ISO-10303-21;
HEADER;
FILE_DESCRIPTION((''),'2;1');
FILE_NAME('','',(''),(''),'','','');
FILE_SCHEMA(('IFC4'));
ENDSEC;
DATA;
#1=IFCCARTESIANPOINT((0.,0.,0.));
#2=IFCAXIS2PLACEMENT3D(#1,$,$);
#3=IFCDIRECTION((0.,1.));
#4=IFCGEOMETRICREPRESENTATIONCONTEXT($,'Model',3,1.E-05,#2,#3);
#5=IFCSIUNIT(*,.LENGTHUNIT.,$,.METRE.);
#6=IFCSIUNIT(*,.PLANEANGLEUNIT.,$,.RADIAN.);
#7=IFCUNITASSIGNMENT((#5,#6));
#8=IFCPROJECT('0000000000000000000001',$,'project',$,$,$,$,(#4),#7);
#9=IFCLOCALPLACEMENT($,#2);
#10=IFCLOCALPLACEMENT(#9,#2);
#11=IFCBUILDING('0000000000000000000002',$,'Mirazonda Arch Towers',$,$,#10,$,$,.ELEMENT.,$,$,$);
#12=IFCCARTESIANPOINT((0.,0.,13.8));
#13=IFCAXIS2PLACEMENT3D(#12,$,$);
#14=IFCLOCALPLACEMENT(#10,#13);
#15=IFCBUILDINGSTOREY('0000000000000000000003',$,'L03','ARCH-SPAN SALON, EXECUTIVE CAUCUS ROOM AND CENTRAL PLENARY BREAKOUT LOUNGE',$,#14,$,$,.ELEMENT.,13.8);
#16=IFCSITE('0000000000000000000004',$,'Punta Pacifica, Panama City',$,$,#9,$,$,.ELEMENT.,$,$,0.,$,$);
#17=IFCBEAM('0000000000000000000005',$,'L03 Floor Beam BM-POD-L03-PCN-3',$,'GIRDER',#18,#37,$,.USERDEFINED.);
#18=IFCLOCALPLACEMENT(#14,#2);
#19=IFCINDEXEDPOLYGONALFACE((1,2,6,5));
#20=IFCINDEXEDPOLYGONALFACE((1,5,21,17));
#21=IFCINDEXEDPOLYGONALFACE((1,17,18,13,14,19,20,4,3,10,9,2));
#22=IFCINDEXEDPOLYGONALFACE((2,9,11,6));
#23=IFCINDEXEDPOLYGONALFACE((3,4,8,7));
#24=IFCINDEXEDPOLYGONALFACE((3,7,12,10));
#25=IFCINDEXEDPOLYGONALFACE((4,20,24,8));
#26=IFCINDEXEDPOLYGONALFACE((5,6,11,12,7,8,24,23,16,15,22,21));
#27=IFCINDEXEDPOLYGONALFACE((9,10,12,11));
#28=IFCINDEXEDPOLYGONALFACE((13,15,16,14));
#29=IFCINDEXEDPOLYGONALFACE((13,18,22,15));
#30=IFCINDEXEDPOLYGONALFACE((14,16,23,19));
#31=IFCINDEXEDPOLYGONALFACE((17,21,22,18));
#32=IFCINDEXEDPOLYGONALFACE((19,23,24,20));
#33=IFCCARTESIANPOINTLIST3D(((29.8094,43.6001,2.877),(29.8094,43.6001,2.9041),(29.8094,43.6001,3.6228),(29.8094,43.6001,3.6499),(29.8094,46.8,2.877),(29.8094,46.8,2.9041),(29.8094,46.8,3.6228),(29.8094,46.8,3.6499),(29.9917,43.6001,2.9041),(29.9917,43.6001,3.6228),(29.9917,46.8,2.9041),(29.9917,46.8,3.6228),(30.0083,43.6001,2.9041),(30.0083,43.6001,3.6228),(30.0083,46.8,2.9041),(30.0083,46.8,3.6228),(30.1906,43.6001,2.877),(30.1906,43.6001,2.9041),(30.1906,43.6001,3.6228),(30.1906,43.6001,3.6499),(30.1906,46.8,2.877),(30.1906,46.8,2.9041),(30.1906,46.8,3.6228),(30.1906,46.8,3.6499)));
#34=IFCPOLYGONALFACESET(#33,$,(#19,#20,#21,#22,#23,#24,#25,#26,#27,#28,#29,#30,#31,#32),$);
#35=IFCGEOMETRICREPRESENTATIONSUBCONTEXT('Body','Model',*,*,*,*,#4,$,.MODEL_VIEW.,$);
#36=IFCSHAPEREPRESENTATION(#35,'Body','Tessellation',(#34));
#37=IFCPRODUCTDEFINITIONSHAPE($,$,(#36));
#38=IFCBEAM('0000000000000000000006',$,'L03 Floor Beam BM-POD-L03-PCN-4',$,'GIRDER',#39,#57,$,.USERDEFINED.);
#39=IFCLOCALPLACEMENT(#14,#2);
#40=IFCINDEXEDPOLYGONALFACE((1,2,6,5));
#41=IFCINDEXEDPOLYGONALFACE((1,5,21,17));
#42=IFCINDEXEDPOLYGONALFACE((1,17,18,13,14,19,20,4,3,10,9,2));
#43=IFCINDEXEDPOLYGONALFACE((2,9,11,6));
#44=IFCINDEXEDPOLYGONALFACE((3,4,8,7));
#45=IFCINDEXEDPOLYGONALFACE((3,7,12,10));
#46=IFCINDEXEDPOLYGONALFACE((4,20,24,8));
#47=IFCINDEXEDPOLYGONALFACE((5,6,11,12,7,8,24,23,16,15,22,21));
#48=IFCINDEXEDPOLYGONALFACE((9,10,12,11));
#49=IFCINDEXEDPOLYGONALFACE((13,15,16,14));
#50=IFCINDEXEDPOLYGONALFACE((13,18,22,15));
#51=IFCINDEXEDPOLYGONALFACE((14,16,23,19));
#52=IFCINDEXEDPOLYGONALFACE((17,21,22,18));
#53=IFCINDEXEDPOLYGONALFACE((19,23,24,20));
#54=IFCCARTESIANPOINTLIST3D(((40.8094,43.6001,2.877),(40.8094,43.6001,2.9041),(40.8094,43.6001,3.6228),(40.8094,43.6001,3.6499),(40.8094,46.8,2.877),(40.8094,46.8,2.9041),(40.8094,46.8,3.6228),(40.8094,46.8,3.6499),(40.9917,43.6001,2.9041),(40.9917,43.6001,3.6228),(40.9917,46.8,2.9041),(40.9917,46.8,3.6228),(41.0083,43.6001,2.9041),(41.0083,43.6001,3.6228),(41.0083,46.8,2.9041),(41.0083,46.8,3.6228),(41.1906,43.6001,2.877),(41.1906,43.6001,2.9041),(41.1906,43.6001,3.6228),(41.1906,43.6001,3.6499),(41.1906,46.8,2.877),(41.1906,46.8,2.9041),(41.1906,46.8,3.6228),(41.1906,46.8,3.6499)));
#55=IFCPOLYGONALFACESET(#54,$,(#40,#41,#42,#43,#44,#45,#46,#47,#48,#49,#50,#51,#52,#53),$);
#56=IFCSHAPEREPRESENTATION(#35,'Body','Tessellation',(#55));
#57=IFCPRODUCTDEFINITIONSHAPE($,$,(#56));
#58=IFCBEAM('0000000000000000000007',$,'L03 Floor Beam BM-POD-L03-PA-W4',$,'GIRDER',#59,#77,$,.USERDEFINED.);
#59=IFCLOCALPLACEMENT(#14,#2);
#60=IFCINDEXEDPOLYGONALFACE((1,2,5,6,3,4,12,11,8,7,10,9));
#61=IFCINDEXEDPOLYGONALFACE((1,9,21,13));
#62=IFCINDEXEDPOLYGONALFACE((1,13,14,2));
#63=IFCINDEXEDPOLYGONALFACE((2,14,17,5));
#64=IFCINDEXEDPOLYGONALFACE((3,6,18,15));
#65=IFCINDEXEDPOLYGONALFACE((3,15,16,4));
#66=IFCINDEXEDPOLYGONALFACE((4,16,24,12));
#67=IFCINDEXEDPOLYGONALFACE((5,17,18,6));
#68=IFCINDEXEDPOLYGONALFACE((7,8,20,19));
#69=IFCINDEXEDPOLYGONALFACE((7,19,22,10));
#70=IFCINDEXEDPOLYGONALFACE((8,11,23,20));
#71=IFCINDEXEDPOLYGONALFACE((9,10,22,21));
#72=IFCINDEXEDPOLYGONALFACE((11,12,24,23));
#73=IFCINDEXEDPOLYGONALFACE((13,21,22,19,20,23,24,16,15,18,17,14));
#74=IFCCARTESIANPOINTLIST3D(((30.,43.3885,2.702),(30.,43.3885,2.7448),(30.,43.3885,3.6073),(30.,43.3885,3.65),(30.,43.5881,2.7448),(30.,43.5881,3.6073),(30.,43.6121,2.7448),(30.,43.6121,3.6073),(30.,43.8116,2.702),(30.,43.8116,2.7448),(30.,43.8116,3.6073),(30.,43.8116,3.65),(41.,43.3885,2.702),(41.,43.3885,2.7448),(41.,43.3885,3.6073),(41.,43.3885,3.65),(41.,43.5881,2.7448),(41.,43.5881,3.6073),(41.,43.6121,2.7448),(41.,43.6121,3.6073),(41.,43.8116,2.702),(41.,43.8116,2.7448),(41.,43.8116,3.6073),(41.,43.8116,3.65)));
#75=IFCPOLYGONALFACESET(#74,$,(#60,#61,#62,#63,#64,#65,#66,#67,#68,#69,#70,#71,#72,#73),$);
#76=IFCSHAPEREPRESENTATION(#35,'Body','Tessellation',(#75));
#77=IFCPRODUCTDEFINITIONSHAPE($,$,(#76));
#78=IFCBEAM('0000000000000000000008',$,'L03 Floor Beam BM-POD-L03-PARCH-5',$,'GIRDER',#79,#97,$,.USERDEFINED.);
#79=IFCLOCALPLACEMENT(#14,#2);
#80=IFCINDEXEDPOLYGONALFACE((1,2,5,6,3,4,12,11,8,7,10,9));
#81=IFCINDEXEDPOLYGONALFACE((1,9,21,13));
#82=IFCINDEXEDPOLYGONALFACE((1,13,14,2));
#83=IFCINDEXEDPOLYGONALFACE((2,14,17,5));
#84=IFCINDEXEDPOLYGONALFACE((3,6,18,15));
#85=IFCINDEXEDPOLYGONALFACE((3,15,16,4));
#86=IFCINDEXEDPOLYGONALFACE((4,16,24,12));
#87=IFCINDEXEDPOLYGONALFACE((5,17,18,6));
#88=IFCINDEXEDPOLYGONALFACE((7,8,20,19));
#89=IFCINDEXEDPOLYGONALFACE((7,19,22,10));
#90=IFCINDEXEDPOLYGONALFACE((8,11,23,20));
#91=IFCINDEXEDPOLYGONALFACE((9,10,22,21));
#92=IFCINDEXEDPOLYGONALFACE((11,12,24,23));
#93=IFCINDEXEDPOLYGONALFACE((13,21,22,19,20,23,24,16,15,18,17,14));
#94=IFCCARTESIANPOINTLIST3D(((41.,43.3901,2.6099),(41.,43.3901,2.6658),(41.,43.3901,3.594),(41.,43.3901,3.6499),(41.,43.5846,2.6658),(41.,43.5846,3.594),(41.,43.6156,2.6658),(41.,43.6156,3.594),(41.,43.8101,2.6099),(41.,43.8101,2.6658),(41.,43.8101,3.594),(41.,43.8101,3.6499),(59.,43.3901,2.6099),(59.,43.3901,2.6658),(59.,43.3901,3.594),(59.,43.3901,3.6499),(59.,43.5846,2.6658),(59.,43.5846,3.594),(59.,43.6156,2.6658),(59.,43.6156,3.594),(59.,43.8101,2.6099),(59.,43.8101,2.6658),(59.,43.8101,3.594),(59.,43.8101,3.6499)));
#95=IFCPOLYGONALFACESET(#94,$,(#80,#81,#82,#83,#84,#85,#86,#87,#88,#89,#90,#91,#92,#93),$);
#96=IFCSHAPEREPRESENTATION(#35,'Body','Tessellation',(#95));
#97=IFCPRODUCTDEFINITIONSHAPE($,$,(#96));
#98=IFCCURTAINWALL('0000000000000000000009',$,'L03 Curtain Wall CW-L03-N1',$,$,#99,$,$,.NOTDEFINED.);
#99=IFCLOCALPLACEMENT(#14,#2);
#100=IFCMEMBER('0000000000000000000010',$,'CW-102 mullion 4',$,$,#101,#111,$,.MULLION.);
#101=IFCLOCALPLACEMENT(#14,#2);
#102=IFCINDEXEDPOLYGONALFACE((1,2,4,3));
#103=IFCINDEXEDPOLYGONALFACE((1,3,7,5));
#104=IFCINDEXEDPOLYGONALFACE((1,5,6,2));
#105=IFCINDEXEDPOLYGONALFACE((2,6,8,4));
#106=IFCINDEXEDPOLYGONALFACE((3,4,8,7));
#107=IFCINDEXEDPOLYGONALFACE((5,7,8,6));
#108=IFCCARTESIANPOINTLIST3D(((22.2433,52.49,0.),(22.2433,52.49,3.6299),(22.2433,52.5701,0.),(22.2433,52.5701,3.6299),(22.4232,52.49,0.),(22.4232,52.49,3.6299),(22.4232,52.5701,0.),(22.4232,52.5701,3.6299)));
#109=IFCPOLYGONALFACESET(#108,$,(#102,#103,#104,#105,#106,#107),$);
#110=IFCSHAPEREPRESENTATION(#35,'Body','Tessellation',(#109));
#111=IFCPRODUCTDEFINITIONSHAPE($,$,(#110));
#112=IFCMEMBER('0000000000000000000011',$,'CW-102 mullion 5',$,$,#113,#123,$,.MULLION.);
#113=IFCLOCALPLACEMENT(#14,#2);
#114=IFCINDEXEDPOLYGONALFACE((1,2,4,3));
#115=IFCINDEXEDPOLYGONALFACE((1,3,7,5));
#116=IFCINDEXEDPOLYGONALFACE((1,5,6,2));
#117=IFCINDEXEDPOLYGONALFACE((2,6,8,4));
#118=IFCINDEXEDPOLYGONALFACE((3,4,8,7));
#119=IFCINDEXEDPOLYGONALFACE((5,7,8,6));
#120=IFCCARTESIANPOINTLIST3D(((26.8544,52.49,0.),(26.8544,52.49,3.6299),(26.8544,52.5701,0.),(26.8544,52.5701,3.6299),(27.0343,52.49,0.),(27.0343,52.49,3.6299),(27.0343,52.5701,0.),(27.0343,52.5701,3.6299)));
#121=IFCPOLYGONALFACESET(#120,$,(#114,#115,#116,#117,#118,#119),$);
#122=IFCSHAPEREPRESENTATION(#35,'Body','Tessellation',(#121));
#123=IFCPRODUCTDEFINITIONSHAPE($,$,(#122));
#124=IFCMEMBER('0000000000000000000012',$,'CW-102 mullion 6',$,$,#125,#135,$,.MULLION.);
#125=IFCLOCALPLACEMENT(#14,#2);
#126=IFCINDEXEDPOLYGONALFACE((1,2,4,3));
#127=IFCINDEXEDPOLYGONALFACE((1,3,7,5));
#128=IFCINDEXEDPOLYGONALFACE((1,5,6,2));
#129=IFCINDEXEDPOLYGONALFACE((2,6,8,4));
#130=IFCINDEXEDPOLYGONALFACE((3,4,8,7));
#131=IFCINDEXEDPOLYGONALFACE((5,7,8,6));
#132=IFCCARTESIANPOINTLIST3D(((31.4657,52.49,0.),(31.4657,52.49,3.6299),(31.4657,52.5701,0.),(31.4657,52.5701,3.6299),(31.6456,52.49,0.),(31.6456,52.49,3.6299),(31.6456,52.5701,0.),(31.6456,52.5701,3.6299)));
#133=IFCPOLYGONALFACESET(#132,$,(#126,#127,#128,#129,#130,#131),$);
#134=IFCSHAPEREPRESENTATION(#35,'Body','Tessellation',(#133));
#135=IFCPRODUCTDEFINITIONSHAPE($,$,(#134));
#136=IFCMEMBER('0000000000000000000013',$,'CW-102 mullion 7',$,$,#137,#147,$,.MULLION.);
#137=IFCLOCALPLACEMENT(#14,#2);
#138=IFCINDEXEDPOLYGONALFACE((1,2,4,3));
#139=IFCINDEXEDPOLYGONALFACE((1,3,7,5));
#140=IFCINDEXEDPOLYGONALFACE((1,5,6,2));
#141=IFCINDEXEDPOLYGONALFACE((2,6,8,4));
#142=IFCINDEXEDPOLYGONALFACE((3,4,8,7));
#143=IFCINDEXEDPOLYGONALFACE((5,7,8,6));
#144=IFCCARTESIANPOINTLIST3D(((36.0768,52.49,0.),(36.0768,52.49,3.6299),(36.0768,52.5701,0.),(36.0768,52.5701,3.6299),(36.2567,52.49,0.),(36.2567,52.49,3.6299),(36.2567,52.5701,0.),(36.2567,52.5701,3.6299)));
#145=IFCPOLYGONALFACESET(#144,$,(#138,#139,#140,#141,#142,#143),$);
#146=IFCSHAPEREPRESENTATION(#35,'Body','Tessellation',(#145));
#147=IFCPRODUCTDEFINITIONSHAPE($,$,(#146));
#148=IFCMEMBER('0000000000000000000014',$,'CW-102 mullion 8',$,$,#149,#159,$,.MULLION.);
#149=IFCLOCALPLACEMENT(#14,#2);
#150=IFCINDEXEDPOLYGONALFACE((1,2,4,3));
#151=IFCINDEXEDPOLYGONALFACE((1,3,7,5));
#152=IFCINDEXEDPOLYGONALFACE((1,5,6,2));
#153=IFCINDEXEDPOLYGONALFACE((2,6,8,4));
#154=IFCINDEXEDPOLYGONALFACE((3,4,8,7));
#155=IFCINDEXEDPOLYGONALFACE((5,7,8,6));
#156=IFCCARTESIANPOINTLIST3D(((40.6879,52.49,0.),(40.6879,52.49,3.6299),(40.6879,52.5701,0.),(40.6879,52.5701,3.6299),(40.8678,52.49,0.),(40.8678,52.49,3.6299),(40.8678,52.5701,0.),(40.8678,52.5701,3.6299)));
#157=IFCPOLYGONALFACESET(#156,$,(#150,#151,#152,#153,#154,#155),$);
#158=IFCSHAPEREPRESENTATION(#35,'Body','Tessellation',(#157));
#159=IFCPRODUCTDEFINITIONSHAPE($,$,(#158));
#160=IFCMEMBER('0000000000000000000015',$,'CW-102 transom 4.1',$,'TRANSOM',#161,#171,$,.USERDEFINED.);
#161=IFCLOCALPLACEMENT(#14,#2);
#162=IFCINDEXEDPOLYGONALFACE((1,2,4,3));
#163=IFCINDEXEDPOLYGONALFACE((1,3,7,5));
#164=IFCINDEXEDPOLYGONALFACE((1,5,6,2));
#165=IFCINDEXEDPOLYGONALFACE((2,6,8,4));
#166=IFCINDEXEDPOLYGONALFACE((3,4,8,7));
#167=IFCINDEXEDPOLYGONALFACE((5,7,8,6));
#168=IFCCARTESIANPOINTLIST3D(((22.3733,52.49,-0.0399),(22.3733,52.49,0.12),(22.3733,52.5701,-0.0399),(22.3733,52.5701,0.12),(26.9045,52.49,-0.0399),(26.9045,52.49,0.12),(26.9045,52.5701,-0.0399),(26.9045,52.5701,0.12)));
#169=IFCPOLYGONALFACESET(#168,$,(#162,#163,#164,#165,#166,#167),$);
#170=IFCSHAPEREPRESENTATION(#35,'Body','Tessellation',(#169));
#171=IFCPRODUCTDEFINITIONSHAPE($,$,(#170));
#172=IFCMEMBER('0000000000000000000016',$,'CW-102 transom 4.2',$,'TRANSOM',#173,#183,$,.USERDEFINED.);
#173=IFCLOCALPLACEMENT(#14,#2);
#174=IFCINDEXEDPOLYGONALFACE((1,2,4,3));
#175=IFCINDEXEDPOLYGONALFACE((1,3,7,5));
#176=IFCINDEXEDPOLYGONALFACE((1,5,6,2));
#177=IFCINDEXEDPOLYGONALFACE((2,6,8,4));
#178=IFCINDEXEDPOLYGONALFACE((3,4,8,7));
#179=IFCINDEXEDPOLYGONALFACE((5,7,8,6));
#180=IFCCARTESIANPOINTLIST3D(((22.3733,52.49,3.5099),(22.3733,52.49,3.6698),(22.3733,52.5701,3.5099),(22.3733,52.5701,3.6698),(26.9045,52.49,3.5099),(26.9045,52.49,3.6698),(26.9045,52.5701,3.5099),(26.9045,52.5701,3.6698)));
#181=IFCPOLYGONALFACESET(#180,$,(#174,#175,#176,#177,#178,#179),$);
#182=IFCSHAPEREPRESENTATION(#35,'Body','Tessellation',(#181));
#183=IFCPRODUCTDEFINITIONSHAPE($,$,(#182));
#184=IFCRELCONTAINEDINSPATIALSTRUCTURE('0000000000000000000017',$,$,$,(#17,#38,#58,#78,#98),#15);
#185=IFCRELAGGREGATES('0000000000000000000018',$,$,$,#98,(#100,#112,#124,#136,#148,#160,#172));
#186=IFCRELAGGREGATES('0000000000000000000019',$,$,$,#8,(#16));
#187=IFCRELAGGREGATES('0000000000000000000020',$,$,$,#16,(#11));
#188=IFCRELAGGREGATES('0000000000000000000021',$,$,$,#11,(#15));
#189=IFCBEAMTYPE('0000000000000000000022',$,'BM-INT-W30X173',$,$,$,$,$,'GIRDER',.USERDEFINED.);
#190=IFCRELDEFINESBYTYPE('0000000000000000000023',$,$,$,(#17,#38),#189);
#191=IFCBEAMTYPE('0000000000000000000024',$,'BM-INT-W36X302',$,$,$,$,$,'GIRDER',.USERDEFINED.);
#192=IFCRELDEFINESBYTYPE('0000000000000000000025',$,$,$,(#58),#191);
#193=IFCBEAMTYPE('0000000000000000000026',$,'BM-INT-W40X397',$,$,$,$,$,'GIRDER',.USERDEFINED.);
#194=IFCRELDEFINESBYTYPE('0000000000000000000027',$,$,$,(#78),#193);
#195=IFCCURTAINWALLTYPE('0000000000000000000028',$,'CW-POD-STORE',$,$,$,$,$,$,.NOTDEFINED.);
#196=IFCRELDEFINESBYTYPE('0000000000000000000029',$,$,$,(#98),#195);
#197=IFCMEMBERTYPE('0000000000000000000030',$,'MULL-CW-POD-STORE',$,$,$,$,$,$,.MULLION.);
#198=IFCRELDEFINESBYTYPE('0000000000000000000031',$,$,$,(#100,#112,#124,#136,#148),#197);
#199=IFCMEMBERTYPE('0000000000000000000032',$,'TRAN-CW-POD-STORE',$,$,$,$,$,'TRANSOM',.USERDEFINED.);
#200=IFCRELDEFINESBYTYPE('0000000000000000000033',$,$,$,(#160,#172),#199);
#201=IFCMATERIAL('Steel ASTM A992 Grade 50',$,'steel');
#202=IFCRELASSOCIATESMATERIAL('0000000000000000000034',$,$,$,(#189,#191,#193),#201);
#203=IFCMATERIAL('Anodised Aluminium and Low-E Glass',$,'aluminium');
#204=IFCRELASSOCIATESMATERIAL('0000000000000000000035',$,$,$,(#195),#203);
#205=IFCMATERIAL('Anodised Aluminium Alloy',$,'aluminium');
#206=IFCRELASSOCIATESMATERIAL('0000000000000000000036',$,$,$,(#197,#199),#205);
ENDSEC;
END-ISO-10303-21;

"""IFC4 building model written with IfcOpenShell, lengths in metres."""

from ifc_helpers import new_model, si_unit, direction, frame, origin, origin_2d, place, context, subcontext, project, spatial, rectangle, i_section, extrude, material, material_profile, profile_set, type_object, element, aggregate, save


model = new_model("IFC4")

# Units and contexts
model_context = context("Model", 3, precision=1e-05, world=origin(), true_north=direction((0.0, 1.0)))
body_context = subcontext(model_context, "Body", "Model", "MODEL_VIEW")
ifc_project = project(units=[si_unit("LENGTHUNIT", "METRE"), si_unit("PLANEANGLEUNIT", "RADIAN")], contexts=[model_context])

# Site, building, storey
site_placement = place(None, origin())
site = spatial("IfcSite", under=ifc_project, at=site_placement, Name="Punta Pacifica, Panama City", CompositionType="ELEMENT", RefElevation=0.0)
building_placement = place(site_placement, origin())
building = spatial("IfcBuilding", under=site, at=building_placement, Name="Mirazonda Arch Towers", CompositionType="ELEMENT")
storey_placement = place(building_placement, frame((0.0, 0.0, 13.8)))
storey = spatial("IfcBuildingStorey", under=building, at=storey_placement, Name="L03", Description="ARCH-SPAN SALON, EXECUTIVE CAUCUS ROOM AND CENTRAL PLENARY BREAKOUT LOUNGE", CompositionType="ELEMENT", Elevation=13.8)

# Beams
ifc_material_1 = material(Name="Steel ASTM A992 Grade 50", Category="steel")
ifc_material_profile_1 = material_profile(ifc_material_1, i_section(OverallWidth=0.3811, OverallDepth=0.7729, WebThickness=0.0166, FlangeThickness=0.0271, at=origin_2d()), Name="W30X173")
ifc_profile_set_1 = profile_set([ifc_material_profile_1], Name="Steel ASTM A992 Grade 50")
beam_type_1 = type_object("IfcBeamType", Name="BM-INT-W30X173", ElementType="GIRDER", PredefinedType="USERDEFINED", material=ifc_profile_set_1)
for number, where, z_axis, x_axis, name in (
    (1, (30.0, 43.6001, 3.2634), (0.0, 1.0, 0.0), (-1.0, 0.0, 0.0), "L03 Floor Beam BM-POD-L03-PCN-3"),
    (2, (41.0, 43.6001, 3.2634), (0.0, 1.0, 0.0), (-1.0, 0.0, 0.0), "L03 Floor Beam BM-POD-L03-PCN-4"),
):
    element("IfcBeam", number, at=place(storey_placement, frame(where, z_axis=z_axis, x_axis=x_axis)), inside=storey, type_object=beam_type_1, Name=name, ObjectType="GIRDER", PredefinedType="USERDEFINED", context=body_context, shape_type="SweptSolid", body=[
        extrude(i_section(OverallWidth=0.3811, OverallDepth=0.7729, WebThickness=0.0166, FlangeThickness=0.0271, at=origin_2d()), origin(), (0.0, 0.0, 1.0), 3.2),
    ])
ifc_material_profile_2 = material_profile(ifc_material_1, i_section(OverallWidth=0.4231, OverallDepth=0.948, WebThickness=0.0239, FlangeThickness=0.0427, at=origin_2d()), Name="W36X302")
ifc_profile_set_2 = profile_set([ifc_material_profile_2], Name="Steel ASTM A992 Grade 50")
beam_type_2 = type_object("IfcBeamType", Name="BM-INT-W36X302", ElementType="GIRDER", PredefinedType="USERDEFINED", material=ifc_profile_set_2)
beam_1_placement = place(storey_placement, frame((30.0, 43.6001, 3.176), z_axis=(1.0, 0.0, 0.0), x_axis=(0.0, 1.0, 0.0)))
element("IfcBeam", 3, at=beam_1_placement, inside=storey, type_object=beam_type_2, Name="L03 Floor Beam BM-POD-L03-PA-W4", ObjectType="GIRDER", PredefinedType="USERDEFINED", context=body_context, shape_type="SweptSolid", body=[
    extrude(i_section(OverallWidth=0.4231, OverallDepth=0.948, WebThickness=0.0239, FlangeThickness=0.0427, at=origin_2d()), origin(), (0.0, 0.0, 1.0), 11.0),
])
ifc_material_profile_3 = material_profile(ifc_material_1, i_section(OverallWidth=0.4199, OverallDepth=1.04, WebThickness=0.031, FlangeThickness=0.0559, at=origin_2d()), Name="W40X397")
ifc_profile_set_3 = profile_set([ifc_material_profile_3], Name="Steel ASTM A992 Grade 50")
beam_type_3 = type_object("IfcBeamType", Name="BM-INT-W40X397", ElementType="GIRDER", PredefinedType="USERDEFINED", material=ifc_profile_set_3)
beam_2_placement = place(storey_placement, frame((41.0, 43.6001, 3.1299), z_axis=(1.0, 0.0, 0.0), x_axis=(0.0, 1.0, 0.0)))
element("IfcBeam", 4, at=beam_2_placement, inside=storey, type_object=beam_type_3, Name="L03 Floor Beam BM-POD-L03-PARCH-5", ObjectType="GIRDER", PredefinedType="USERDEFINED", context=body_context, shape_type="SweptSolid", body=[
    extrude(i_section(OverallWidth=0.4199, OverallDepth=1.04, WebThickness=0.031, FlangeThickness=0.0559, at=origin_2d()), origin(), (0.0, 0.0, 1.0), 18.0),
])

# Curtain wall, members
ifc_material_2 = material(Name="Anodised Aluminium and Low-E Glass", Category="aluminium")
curtain_wall_type = type_object("IfcCurtainWallType", Name="CW-POD-STORE", PredefinedType="NOTDEFINED", material=ifc_material_2)
curtain_wall_placement = place(storey_placement, origin())
curtain_wall = element("IfcCurtainWall", 5, at=curtain_wall_placement, inside=storey, type_object=curtain_wall_type, Name="L03 Curtain Wall CW-L03-N1", PredefinedType="NOTDEFINED")
ifc_material_3 = material(Name="Anodised Aluminium Alloy", Category="aluminium")
ifc_material_profile_4 = material_profile(ifc_material_3, rectangle(XDim=0.0801, YDim=0.1799, at=origin_2d()), Name="ALU-MULL-80x180")
ifc_profile_set_4 = profile_set([ifc_material_profile_4], Name="Anodised Aluminium Alloy")
member_type_1 = type_object("IfcMemberType", Name="MULL-CW-POD-STORE", PredefinedType="MULLION", material=ifc_profile_set_4)
member_1_placement = place(storey_placement, frame((22.3333, 52.53, 0.0), z_axis=(0.0, 0.0, 1.0), x_axis=(0.0, 1.0, 0.0)))
member_1 = element("IfcMember", 6, at=member_1_placement, type_object=member_type_1, Name="CW-102 mullion 4", PredefinedType="MULLION", context=body_context, shape_type="SweptSolid", body=[
    extrude(rectangle(XDim=0.0801, YDim=0.1799, at=origin_2d()), origin(), (0.0, 0.0, 1.0), 3.6299),
])
member_2_placement = place(storey_placement, frame((26.9443, 52.53, 0.0), z_axis=(0.0, 0.0, 1.0), x_axis=(0.0, 1.0, 0.0)))
member_2 = element("IfcMember", 7, at=member_2_placement, type_object=member_type_1, Name="CW-102 mullion 5", PredefinedType="MULLION", context=body_context, shape_type="SweptSolid", body=[
    extrude(rectangle(XDim=0.0801, YDim=0.1799, at=origin_2d()), origin(), (0.0, 0.0, 1.0), 3.6299),
])
member_3_placement = place(storey_placement, frame((31.5557, 52.53, 0.0), z_axis=(0.0, 0.0, 1.0), x_axis=(0.0, 1.0, 0.0)))
member_3 = element("IfcMember", 8, at=member_3_placement, type_object=member_type_1, Name="CW-102 mullion 6", PredefinedType="MULLION", context=body_context, shape_type="SweptSolid", body=[
    extrude(rectangle(XDim=0.0801, YDim=0.1799, at=origin_2d()), origin(), (0.0, 0.0, 1.0), 3.6299),
])
member_4_placement = place(storey_placement, frame((36.1667, 52.53, 0.0), z_axis=(0.0, 0.0, 1.0), x_axis=(0.0, 1.0, 0.0)))
member_4 = element("IfcMember", 9, at=member_4_placement, type_object=member_type_1, Name="CW-102 mullion 7", PredefinedType="MULLION", context=body_context, shape_type="SweptSolid", body=[
    extrude(rectangle(XDim=0.0801, YDim=0.1799, at=origin_2d()), origin(), (0.0, 0.0, 1.0), 3.6299),
])
member_5_placement = place(storey_placement, frame((40.7778, 52.53, 0.0), z_axis=(0.0, 0.0, 1.0), x_axis=(0.0, 1.0, 0.0)))
member_5 = element("IfcMember", 10, at=member_5_placement, type_object=member_type_1, Name="CW-102 mullion 8", PredefinedType="MULLION", context=body_context, shape_type="SweptSolid", body=[
    extrude(rectangle(XDim=0.0801, YDim=0.1799, at=origin_2d()), origin(), (0.0, 0.0, 1.0), 3.6299),
])
ifc_material_profile_5 = material_profile(ifc_material_3, rectangle(XDim=0.0801, YDim=0.1599, at=origin_2d()), Name="ALU-TRAN-80x160")
ifc_profile_set_5 = profile_set([ifc_material_profile_5], Name="Anodised Aluminium Alloy")
member_type_2 = type_object("IfcMemberType", Name="TRAN-CW-POD-STORE", ElementType="TRANSOM", PredefinedType="USERDEFINED", material=ifc_profile_set_5)
member_6_placement = place(storey_placement, frame((22.3733, 52.53, 0.04), z_axis=(1.0, 0.0, 0.0), x_axis=(0.0, 1.0, 0.0)))
member_6 = element("IfcMember", 11, at=member_6_placement, type_object=member_type_2, Name="CW-102 transom 4.1", ObjectType="TRANSOM", PredefinedType="USERDEFINED", context=body_context, shape_type="SweptSolid", body=[
    extrude(rectangle(XDim=0.0801, YDim=0.1599, at=origin_2d()), origin(), (0.0, 0.0, 1.0), 4.5312),
])
member_7_placement = place(storey_placement, frame((22.3733, 52.53, 3.5898), z_axis=(1.0, 0.0, 0.0), x_axis=(0.0, 1.0, 0.0)))
member_7 = element("IfcMember", 12, at=member_7_placement, type_object=member_type_2, Name="CW-102 transom 4.2", ObjectType="TRANSOM", PredefinedType="USERDEFINED", context=body_context, shape_type="SweptSolid", body=[
    extrude(rectangle(XDim=0.0801, YDim=0.1599, at=origin_2d()), origin(), (0.0, 0.0, 1.0), 4.5312),
])
aggregate(curtain_wall, [member_1, member_2, member_3, member_4, member_5, member_6, member_7])

save(model, "model.ifc")
